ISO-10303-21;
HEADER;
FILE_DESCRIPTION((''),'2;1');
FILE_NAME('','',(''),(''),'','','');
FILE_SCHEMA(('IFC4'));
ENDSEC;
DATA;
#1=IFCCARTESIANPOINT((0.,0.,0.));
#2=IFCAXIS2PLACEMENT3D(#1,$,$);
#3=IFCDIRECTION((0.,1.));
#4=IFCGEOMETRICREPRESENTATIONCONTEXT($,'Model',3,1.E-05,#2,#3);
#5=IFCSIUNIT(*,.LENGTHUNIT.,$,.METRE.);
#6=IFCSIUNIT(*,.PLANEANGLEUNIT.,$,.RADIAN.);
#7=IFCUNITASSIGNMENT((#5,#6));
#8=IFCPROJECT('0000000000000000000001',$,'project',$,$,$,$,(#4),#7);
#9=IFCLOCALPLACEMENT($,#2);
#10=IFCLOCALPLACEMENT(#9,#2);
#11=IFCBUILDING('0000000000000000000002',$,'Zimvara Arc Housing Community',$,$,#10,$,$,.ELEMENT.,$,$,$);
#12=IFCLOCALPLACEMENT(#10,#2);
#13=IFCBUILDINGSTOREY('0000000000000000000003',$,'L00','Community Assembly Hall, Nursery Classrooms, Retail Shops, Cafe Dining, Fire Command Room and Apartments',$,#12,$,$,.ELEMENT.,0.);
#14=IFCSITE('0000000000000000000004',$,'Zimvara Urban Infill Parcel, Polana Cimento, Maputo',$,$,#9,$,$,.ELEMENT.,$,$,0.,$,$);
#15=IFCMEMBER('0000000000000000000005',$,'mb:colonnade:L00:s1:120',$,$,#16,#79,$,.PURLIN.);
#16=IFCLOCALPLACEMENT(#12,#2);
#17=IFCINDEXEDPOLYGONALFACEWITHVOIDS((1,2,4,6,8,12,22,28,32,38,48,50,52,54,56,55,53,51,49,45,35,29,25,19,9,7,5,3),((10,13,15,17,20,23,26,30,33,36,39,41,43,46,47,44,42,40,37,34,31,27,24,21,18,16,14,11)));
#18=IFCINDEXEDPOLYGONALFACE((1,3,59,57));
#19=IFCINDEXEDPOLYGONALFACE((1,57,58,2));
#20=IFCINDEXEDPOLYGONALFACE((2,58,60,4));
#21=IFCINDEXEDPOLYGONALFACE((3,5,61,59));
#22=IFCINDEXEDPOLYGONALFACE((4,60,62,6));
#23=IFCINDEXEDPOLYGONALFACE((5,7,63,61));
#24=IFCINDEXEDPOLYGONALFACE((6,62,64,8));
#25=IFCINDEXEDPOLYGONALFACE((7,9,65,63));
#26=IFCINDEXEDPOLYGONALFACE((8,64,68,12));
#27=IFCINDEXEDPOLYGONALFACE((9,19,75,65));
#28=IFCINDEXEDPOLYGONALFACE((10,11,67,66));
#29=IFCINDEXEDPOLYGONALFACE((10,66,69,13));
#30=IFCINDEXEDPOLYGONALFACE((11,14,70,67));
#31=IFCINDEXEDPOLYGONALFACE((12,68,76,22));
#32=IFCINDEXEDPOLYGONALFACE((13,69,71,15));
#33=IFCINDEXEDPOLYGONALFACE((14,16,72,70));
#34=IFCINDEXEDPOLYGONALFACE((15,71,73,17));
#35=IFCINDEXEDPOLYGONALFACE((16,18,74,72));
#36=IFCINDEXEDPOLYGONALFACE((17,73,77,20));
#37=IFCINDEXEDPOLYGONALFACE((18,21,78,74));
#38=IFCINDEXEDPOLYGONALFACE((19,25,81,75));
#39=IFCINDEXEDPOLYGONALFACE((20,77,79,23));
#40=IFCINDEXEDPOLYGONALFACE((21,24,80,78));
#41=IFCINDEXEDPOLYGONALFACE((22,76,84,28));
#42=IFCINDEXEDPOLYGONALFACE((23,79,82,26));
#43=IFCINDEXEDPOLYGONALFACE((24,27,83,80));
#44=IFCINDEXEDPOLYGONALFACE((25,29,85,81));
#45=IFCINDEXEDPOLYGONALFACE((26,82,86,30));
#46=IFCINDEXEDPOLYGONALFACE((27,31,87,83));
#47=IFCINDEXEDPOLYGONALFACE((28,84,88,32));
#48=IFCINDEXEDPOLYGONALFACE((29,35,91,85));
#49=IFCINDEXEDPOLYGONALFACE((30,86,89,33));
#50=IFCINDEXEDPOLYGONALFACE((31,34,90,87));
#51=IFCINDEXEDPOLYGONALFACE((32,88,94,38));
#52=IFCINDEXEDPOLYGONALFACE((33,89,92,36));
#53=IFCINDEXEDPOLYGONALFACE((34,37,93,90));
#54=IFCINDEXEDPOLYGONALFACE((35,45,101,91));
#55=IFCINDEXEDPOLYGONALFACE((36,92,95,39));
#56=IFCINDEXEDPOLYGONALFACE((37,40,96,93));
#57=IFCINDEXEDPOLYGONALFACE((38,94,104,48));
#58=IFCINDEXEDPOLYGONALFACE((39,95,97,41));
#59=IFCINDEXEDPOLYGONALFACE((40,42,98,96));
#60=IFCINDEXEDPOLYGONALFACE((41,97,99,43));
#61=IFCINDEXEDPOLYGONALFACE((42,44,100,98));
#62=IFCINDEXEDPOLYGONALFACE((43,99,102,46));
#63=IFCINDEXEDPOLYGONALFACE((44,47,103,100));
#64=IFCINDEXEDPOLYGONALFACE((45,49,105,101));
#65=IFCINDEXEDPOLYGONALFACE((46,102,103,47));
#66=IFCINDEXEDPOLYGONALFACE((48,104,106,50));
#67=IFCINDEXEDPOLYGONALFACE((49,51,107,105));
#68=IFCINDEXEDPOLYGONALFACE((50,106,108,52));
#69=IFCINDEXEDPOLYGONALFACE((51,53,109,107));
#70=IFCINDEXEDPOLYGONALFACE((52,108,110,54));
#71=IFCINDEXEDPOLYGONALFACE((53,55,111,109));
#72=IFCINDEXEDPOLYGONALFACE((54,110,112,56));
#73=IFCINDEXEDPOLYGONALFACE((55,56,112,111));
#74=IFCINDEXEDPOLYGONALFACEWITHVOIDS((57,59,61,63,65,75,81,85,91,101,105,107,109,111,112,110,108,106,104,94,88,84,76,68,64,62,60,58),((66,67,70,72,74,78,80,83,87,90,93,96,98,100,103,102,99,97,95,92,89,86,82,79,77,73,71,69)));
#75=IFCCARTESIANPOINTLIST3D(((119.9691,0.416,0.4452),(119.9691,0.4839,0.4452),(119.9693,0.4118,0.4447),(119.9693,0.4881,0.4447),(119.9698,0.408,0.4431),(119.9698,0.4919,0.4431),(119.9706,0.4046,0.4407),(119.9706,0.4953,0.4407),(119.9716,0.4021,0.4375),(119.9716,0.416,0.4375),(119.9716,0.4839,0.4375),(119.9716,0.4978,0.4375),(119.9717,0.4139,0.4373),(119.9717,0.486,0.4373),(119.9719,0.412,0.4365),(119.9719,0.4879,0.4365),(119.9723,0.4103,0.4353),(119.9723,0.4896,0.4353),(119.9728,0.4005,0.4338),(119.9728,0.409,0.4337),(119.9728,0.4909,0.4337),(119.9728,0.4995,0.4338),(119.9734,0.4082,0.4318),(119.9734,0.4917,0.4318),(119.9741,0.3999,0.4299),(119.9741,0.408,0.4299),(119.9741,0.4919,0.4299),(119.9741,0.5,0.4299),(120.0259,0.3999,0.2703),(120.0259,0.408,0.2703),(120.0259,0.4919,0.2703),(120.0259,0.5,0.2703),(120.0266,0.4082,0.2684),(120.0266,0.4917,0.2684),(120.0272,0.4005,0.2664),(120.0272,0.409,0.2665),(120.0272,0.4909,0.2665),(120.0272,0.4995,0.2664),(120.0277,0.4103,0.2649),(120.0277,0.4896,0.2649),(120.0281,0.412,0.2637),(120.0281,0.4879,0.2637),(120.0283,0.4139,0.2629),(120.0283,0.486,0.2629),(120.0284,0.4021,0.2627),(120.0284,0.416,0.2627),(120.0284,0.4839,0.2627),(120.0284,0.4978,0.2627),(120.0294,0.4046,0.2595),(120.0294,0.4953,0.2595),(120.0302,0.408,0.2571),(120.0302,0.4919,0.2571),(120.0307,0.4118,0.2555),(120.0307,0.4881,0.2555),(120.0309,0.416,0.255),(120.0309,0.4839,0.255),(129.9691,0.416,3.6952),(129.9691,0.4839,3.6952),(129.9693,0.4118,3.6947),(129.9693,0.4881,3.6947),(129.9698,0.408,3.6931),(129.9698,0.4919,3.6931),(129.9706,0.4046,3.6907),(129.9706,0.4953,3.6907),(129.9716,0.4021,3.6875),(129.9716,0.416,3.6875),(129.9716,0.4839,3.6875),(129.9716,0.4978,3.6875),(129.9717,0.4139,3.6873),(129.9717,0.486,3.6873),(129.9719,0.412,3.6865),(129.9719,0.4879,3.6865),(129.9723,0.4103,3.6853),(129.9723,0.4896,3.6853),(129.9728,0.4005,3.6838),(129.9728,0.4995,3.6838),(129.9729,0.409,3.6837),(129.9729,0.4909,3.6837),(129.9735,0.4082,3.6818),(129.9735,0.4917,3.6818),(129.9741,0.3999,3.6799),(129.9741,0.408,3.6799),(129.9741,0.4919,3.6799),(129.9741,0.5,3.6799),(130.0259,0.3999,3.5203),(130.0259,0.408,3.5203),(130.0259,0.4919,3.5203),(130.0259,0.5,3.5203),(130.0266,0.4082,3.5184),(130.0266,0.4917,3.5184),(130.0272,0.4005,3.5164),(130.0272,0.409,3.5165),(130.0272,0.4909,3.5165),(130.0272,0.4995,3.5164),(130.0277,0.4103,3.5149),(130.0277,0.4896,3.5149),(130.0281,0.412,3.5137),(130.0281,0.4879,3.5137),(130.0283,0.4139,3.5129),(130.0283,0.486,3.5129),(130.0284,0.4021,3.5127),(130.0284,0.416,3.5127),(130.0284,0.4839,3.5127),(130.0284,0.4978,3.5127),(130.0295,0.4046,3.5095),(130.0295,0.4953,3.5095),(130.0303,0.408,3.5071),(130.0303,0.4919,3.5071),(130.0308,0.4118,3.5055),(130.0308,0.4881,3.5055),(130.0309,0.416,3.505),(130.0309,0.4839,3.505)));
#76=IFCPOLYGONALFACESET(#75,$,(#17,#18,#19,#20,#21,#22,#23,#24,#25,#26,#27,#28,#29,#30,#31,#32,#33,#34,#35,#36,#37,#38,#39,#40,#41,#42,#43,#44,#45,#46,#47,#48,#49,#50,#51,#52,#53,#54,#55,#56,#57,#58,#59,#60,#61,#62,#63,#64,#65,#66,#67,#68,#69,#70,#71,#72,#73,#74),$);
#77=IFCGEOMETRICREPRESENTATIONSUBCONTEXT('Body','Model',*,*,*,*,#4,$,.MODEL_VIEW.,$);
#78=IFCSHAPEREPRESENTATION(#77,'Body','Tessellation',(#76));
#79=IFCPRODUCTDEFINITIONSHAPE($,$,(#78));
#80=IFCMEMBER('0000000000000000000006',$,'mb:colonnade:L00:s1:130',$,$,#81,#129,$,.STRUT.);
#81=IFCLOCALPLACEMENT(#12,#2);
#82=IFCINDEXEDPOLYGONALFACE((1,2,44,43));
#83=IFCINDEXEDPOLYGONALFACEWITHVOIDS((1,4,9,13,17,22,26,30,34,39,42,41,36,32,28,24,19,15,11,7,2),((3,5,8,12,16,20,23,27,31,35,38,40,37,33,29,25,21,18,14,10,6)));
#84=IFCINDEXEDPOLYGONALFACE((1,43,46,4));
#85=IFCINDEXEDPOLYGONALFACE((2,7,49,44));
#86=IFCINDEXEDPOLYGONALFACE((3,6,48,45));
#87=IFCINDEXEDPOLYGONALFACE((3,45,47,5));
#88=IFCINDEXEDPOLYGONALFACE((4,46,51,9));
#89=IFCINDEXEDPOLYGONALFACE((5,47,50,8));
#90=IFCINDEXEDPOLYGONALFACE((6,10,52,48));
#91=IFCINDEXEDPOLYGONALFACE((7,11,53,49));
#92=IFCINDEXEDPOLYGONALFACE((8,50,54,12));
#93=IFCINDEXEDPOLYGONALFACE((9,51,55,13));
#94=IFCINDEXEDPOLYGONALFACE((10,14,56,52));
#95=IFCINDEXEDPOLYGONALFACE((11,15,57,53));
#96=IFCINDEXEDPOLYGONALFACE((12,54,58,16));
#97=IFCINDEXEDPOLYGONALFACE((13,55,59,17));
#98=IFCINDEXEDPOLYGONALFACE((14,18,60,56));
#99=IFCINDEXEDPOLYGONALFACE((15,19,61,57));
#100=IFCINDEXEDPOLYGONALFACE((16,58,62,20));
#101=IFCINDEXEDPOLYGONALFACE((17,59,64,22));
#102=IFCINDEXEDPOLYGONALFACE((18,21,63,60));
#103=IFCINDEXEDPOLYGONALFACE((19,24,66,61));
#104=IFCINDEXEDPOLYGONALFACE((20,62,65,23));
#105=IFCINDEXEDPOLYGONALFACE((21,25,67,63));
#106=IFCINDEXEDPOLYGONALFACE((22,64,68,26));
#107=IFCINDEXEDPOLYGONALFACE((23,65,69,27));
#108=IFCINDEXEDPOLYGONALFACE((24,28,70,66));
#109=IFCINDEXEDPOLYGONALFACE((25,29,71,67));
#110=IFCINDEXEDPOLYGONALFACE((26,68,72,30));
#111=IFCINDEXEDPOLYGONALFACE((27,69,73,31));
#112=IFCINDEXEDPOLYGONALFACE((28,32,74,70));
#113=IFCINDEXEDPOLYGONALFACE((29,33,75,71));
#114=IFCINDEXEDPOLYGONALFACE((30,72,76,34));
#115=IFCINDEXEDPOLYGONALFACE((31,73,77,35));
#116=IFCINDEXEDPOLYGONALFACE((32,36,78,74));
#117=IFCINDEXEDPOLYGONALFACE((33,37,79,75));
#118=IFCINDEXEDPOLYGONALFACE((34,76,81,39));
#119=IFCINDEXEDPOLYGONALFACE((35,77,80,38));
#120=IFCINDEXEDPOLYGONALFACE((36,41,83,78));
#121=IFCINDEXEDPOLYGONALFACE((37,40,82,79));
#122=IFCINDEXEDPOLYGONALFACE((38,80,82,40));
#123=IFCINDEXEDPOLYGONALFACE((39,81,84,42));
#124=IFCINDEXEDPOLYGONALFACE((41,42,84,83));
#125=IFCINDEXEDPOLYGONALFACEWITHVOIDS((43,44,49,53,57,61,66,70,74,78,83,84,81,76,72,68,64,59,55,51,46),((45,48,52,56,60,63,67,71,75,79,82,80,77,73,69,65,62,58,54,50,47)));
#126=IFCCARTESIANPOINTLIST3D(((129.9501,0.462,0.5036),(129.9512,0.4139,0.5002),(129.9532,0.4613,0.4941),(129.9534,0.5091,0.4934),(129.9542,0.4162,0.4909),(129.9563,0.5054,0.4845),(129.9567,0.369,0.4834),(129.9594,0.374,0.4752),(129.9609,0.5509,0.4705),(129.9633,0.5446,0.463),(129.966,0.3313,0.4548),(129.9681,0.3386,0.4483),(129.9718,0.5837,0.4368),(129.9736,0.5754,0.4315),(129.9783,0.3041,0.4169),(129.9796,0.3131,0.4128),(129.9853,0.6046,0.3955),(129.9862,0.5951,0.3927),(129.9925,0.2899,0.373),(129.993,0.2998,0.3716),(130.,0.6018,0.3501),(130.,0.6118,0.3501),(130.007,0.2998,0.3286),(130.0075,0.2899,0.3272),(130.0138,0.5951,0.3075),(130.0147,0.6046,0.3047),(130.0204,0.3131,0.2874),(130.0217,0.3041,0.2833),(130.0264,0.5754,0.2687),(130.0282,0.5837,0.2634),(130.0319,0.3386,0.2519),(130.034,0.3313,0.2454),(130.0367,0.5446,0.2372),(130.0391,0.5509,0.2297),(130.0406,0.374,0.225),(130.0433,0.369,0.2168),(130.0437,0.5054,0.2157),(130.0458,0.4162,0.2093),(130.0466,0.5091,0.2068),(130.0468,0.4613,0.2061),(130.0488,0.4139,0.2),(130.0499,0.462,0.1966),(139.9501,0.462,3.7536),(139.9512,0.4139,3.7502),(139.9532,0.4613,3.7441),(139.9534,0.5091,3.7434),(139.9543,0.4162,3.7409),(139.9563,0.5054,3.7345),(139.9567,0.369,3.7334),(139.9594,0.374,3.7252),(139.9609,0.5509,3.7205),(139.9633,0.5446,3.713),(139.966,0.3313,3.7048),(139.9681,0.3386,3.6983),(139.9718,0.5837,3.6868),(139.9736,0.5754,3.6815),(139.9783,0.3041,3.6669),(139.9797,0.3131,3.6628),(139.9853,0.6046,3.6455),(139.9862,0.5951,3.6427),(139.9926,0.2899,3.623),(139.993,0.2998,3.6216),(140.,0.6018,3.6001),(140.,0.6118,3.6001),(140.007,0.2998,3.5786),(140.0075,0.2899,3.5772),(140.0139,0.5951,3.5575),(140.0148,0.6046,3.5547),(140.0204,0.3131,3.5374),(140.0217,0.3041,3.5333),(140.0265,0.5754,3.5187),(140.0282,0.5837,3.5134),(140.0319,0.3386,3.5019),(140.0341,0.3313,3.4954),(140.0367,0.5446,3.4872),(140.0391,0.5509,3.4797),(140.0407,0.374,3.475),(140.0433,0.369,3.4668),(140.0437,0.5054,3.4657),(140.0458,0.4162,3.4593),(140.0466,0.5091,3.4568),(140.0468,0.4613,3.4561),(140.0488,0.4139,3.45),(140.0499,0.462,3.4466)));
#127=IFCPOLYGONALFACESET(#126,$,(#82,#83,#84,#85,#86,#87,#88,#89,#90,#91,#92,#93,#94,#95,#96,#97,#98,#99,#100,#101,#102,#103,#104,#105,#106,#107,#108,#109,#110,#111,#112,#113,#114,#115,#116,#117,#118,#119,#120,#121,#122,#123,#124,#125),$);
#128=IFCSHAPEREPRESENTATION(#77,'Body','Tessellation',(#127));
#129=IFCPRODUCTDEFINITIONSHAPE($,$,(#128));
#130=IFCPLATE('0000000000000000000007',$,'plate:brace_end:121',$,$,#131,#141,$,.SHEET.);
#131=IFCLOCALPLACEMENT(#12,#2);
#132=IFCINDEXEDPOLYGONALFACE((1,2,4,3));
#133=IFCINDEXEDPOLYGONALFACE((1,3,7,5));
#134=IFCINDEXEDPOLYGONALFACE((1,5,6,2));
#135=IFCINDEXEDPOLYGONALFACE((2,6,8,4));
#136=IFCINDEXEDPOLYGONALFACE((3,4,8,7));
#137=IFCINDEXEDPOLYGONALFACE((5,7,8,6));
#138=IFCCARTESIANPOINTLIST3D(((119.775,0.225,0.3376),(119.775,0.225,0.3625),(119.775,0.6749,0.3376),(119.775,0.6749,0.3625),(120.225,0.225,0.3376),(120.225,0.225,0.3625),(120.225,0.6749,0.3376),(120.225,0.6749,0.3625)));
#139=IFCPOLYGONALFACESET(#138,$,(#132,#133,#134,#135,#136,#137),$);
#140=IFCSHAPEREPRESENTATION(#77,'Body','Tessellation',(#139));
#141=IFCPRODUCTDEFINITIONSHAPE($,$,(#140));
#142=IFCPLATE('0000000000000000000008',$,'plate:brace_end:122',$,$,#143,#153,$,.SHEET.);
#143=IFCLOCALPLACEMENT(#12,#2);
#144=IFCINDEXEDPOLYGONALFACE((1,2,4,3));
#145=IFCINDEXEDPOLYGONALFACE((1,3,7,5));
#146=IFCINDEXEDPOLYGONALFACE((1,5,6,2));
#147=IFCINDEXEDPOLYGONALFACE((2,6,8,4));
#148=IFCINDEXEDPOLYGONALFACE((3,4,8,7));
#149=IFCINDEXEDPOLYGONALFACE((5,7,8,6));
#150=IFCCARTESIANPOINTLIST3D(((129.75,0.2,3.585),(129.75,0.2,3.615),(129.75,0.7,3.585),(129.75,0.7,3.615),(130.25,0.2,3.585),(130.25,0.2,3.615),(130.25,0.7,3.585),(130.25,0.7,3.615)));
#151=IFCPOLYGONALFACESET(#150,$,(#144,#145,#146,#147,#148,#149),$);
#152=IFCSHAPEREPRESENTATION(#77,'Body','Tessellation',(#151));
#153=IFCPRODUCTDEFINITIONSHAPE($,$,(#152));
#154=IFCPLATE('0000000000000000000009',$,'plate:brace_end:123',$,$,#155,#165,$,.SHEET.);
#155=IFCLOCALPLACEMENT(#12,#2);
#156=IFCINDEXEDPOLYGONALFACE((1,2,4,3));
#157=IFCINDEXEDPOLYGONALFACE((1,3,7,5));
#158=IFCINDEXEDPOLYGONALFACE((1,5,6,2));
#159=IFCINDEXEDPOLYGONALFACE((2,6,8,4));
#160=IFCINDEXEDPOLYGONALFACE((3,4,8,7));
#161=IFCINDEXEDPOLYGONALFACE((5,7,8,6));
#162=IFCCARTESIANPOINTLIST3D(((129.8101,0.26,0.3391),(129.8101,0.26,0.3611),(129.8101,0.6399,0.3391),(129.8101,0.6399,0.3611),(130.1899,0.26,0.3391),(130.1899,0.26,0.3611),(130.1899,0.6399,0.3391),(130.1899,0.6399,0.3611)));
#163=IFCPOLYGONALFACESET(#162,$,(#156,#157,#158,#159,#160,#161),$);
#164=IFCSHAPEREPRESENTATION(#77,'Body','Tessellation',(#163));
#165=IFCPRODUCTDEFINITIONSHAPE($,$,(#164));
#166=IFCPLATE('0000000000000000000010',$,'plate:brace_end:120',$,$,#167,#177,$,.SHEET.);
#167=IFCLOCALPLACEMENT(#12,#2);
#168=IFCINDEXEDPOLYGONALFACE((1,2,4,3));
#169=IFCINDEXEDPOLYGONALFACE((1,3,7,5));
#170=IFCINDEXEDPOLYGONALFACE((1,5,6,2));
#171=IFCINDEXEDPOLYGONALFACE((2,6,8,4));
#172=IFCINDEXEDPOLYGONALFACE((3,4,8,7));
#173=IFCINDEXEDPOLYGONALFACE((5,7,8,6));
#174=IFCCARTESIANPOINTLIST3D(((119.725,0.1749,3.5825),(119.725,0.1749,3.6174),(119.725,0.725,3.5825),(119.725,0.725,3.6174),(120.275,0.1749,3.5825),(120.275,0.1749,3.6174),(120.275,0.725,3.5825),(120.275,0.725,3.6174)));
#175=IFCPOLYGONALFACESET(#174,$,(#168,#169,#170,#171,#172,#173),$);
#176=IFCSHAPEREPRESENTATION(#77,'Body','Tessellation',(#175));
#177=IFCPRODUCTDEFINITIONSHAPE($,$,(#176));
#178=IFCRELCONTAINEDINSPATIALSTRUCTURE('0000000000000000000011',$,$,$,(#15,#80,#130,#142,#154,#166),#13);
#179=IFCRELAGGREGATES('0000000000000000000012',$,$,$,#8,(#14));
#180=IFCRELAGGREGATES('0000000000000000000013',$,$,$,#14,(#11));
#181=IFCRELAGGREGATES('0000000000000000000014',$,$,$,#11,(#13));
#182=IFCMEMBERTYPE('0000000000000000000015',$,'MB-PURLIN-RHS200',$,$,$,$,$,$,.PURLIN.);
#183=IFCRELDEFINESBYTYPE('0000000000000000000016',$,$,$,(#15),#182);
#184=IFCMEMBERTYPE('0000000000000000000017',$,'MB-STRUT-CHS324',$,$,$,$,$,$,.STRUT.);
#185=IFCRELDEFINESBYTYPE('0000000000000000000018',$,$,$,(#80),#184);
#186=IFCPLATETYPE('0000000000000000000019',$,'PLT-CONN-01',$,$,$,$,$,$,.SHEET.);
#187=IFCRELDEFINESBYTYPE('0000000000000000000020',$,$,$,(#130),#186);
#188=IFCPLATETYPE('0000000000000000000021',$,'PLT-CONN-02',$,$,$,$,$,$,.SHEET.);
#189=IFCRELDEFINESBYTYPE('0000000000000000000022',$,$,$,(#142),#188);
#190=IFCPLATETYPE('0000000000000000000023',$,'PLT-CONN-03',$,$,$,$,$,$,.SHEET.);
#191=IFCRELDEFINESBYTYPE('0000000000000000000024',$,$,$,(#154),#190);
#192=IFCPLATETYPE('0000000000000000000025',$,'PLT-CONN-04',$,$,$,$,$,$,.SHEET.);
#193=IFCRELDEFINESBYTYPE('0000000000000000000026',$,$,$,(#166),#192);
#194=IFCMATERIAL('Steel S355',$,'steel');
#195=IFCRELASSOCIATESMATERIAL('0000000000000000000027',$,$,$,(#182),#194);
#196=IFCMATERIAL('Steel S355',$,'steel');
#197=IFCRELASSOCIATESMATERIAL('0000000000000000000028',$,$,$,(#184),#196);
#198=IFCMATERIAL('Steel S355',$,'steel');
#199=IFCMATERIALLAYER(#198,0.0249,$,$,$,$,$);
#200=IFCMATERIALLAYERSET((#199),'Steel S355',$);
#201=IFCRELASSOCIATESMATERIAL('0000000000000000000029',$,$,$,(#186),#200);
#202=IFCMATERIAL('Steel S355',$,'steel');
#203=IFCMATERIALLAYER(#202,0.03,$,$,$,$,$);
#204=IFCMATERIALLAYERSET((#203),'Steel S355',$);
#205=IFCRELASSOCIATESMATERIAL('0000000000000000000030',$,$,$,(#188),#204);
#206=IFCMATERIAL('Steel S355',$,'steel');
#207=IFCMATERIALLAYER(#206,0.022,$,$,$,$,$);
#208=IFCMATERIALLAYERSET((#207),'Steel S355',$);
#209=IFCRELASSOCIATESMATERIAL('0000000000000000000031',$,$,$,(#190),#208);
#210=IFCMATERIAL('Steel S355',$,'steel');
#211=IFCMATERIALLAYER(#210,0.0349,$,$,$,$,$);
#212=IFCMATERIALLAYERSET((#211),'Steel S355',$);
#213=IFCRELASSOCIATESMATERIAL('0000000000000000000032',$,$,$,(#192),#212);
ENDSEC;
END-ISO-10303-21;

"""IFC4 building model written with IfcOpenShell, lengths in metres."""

from ifc_helpers import new_model, si_unit, direction, frame, origin, origin_2d, place, context, subcontext, project, spatial, rectangle, hollow_rectangle, hollow_circle, extrude, material, layer, layer_set, material_profile, profile_set, type_object, element, save


model = new_model("IFC4")

# Units and contexts
model_context = context("Model", 3, precision=1e-05, world=origin(), true_north=direction((0.0, 1.0)))
body_context = subcontext(model_context, "Body", "Model", "MODEL_VIEW")
ifc_project = project(units=[si_unit("LENGTHUNIT", "METRE"), si_unit("PLANEANGLEUNIT", "RADIAN")], contexts=[model_context])

# Site, building, storey
site_placement = place(None, origin())
site = spatial("IfcSite", under=ifc_project, at=site_placement, Name="Zimvara Urban Infill Parcel, Polana Cimento, Maputo", CompositionType="ELEMENT", RefElevation=0.0)
building_placement = place(site_placement, origin())
building = spatial("IfcBuilding", under=site, at=building_placement, Name="Zimvara Arc Housing Community", CompositionType="ELEMENT")
storey_placement = place(building_placement, origin())
storey = spatial("IfcBuildingStorey", under=building, at=storey_placement, Name="L00", Description="Community Assembly Hall, Nursery Classrooms, Retail Shops, Cafe Dining, Fire Command Room and Apartments", CompositionType="ELEMENT", Elevation=0.0)

# Members
ifc_material_1 = material(Name="Steel S355", Category="steel")
ifc_material_profile_1 = material_profile(ifc_material_1, hollow_rectangle(XDim=0.1001, YDim=0.2, WallThickness=0.0081, InnerFilletRadius=0.0081, OuterFilletRadius=0.0161, at=origin_2d()), Name="RHS 200x100x8.0")
ifc_profile_set_1 = profile_set([ifc_material_profile_1], Name="Steel S355")
member_type_1 = type_object("IfcMemberType", Name="MB-PURLIN-RHS200", PredefinedType="PURLIN", material=ifc_profile_set_1)
member_1_placement = place(storey_placement, frame((120.0, 0.45, 0.3501), z_axis=(0.951034, 0.0, 0.309086), x_axis=(0.0, 1.0, 0.0)))
element("IfcMember", 1, at=member_1_placement, inside=storey, type_object=member_type_1, Name="mb:colonnade:L00:s1:120", PredefinedType="PURLIN", context=body_context, shape_type="SweptSolid", body=[
    extrude(hollow_rectangle(XDim=0.1001, YDim=0.2, WallThickness=0.0081, InnerFilletRadius=0.0081, OuterFilletRadius=0.0161, at=origin_2d()), origin(), (0.0, 0.0, 1.0), 10.5149),
])
ifc_material_2 = material(Name="Steel S355", Category="steel")
ifc_material_profile_2 = material_profile(ifc_material_2, hollow_circle(Radius=0.1619, WallThickness=0.01, at=origin_2d()), Name="CHS 323.9x10.0")
ifc_profile_set_2 = profile_set([ifc_material_profile_2], Name="Steel S355")
member_type_2 = type_object("IfcMemberType", Name="MB-STRUT-CHS324", PredefinedType="STRUT", material=ifc_profile_set_2)
member_2_placement = place(storey_placement, frame((130.0, 0.45, 0.3501), z_axis=(0.951034, 0.0, 0.309086), x_axis=(0.0, 1.0, 0.0)))
element("IfcMember", 2, at=member_2_placement, inside=storey, type_object=member_type_2, Name="mb:colonnade:L00:s1:130", PredefinedType="STRUT", context=body_context, shape_type="SweptSolid", body=[
    extrude(hollow_circle(Radius=0.1619, WallThickness=0.01, at=origin_2d()), origin(), (0.0, 0.0, 1.0), 10.5149),
])

# Plates
ifc_material_3 = material(Name="Steel S355", Category="steel")
ifc_layer_1 = layer(ifc_material_3, 0.0249)
ifc_layer_set_1 = layer_set([ifc_layer_1], Name="Steel S355")
plate_type_1 = type_object("IfcPlateType", Name="PLT-CONN-01", PredefinedType="SHEET", material=ifc_layer_set_1)
plate_1_placement = place(storey_placement, frame((120.0, 0.45, 0.3376), z_axis=(0.0, 0.0, 1.0), x_axis=(1.0, 0.0, 0.0)))
element("IfcPlate", 3, at=plate_1_placement, inside=storey, type_object=plate_type_1, Name="plate:brace_end:121", PredefinedType="SHEET", context=body_context, shape_type="SweptSolid", body=[
    extrude(rectangle(XDim=0.45, YDim=0.45, at=origin_2d()), origin(), (0.0, 0.0, 1.0), 0.0249),
])
ifc_material_4 = material(Name="Steel S355", Category="steel")
ifc_layer_2 = layer(ifc_material_4, 0.03)
ifc_layer_set_2 = layer_set([ifc_layer_2], Name="Steel S355")
plate_type_2 = type_object("IfcPlateType", Name="PLT-CONN-02", PredefinedType="SHEET", material=ifc_layer_set_2)
plate_2_placement = place(storey_placement, frame((130.0, 0.45, 3.585), z_axis=(0.0, 0.0, 1.0), x_axis=(1.0, 0.0, 0.0)))
element("IfcPlate", 4, at=plate_2_placement, inside=storey, type_object=plate_type_2, Name="plate:brace_end:122", PredefinedType="SHEET", context=body_context, shape_type="SweptSolid", body=[
    extrude(rectangle(XDim=0.5, YDim=0.5, at=origin_2d()), origin(), (0.0, 0.0, 1.0), 0.03),
])
ifc_material_5 = material(Name="Steel S355", Category="steel")
ifc_layer_3 = layer(ifc_material_5, 0.022)
ifc_layer_set_3 = layer_set([ifc_layer_3], Name="Steel S355")
plate_type_3 = type_object("IfcPlateType", Name="PLT-CONN-03", PredefinedType="SHEET", material=ifc_layer_set_3)
plate_3_placement = place(storey_placement, frame((130.0, 0.45, 0.3391), z_axis=(0.0, 0.0, 1.0), x_axis=(1.0, 0.0, 0.0)))
element("IfcPlate", 5, at=plate_3_placement, inside=storey, type_object=plate_type_3, Name="plate:brace_end:123", PredefinedType="SHEET", context=body_context, shape_type="SweptSolid", body=[
    extrude(rectangle(XDim=0.3799, YDim=0.3799, at=origin_2d()), origin(), (0.0, 0.0, 1.0), 0.022),
])
ifc_material_6 = material(Name="Steel S355", Category="steel")
ifc_layer_4 = layer(ifc_material_6, 0.0349)
ifc_layer_set_4 = layer_set([ifc_layer_4], Name="Steel S355")
plate_type_4 = type_object("IfcPlateType", Name="PLT-CONN-04", PredefinedType="SHEET", material=ifc_layer_set_4)
plate_4_placement = place(storey_placement, frame((120.0, 0.45, 3.5825), z_axis=(0.0, 0.0, 1.0), x_axis=(1.0, 0.0, 0.0)))
element("IfcPlate", 6, at=plate_4_placement, inside=storey, type_object=plate_type_4, Name="plate:brace_end:120", PredefinedType="SHEET", context=body_context, shape_type="SweptSolid", body=[
    extrude(rectangle(XDim=0.55, YDim=0.55, at=origin_2d()), origin(), (0.0, 0.0, 1.0), 0.0349),
])

save(model, "model.ifc")
